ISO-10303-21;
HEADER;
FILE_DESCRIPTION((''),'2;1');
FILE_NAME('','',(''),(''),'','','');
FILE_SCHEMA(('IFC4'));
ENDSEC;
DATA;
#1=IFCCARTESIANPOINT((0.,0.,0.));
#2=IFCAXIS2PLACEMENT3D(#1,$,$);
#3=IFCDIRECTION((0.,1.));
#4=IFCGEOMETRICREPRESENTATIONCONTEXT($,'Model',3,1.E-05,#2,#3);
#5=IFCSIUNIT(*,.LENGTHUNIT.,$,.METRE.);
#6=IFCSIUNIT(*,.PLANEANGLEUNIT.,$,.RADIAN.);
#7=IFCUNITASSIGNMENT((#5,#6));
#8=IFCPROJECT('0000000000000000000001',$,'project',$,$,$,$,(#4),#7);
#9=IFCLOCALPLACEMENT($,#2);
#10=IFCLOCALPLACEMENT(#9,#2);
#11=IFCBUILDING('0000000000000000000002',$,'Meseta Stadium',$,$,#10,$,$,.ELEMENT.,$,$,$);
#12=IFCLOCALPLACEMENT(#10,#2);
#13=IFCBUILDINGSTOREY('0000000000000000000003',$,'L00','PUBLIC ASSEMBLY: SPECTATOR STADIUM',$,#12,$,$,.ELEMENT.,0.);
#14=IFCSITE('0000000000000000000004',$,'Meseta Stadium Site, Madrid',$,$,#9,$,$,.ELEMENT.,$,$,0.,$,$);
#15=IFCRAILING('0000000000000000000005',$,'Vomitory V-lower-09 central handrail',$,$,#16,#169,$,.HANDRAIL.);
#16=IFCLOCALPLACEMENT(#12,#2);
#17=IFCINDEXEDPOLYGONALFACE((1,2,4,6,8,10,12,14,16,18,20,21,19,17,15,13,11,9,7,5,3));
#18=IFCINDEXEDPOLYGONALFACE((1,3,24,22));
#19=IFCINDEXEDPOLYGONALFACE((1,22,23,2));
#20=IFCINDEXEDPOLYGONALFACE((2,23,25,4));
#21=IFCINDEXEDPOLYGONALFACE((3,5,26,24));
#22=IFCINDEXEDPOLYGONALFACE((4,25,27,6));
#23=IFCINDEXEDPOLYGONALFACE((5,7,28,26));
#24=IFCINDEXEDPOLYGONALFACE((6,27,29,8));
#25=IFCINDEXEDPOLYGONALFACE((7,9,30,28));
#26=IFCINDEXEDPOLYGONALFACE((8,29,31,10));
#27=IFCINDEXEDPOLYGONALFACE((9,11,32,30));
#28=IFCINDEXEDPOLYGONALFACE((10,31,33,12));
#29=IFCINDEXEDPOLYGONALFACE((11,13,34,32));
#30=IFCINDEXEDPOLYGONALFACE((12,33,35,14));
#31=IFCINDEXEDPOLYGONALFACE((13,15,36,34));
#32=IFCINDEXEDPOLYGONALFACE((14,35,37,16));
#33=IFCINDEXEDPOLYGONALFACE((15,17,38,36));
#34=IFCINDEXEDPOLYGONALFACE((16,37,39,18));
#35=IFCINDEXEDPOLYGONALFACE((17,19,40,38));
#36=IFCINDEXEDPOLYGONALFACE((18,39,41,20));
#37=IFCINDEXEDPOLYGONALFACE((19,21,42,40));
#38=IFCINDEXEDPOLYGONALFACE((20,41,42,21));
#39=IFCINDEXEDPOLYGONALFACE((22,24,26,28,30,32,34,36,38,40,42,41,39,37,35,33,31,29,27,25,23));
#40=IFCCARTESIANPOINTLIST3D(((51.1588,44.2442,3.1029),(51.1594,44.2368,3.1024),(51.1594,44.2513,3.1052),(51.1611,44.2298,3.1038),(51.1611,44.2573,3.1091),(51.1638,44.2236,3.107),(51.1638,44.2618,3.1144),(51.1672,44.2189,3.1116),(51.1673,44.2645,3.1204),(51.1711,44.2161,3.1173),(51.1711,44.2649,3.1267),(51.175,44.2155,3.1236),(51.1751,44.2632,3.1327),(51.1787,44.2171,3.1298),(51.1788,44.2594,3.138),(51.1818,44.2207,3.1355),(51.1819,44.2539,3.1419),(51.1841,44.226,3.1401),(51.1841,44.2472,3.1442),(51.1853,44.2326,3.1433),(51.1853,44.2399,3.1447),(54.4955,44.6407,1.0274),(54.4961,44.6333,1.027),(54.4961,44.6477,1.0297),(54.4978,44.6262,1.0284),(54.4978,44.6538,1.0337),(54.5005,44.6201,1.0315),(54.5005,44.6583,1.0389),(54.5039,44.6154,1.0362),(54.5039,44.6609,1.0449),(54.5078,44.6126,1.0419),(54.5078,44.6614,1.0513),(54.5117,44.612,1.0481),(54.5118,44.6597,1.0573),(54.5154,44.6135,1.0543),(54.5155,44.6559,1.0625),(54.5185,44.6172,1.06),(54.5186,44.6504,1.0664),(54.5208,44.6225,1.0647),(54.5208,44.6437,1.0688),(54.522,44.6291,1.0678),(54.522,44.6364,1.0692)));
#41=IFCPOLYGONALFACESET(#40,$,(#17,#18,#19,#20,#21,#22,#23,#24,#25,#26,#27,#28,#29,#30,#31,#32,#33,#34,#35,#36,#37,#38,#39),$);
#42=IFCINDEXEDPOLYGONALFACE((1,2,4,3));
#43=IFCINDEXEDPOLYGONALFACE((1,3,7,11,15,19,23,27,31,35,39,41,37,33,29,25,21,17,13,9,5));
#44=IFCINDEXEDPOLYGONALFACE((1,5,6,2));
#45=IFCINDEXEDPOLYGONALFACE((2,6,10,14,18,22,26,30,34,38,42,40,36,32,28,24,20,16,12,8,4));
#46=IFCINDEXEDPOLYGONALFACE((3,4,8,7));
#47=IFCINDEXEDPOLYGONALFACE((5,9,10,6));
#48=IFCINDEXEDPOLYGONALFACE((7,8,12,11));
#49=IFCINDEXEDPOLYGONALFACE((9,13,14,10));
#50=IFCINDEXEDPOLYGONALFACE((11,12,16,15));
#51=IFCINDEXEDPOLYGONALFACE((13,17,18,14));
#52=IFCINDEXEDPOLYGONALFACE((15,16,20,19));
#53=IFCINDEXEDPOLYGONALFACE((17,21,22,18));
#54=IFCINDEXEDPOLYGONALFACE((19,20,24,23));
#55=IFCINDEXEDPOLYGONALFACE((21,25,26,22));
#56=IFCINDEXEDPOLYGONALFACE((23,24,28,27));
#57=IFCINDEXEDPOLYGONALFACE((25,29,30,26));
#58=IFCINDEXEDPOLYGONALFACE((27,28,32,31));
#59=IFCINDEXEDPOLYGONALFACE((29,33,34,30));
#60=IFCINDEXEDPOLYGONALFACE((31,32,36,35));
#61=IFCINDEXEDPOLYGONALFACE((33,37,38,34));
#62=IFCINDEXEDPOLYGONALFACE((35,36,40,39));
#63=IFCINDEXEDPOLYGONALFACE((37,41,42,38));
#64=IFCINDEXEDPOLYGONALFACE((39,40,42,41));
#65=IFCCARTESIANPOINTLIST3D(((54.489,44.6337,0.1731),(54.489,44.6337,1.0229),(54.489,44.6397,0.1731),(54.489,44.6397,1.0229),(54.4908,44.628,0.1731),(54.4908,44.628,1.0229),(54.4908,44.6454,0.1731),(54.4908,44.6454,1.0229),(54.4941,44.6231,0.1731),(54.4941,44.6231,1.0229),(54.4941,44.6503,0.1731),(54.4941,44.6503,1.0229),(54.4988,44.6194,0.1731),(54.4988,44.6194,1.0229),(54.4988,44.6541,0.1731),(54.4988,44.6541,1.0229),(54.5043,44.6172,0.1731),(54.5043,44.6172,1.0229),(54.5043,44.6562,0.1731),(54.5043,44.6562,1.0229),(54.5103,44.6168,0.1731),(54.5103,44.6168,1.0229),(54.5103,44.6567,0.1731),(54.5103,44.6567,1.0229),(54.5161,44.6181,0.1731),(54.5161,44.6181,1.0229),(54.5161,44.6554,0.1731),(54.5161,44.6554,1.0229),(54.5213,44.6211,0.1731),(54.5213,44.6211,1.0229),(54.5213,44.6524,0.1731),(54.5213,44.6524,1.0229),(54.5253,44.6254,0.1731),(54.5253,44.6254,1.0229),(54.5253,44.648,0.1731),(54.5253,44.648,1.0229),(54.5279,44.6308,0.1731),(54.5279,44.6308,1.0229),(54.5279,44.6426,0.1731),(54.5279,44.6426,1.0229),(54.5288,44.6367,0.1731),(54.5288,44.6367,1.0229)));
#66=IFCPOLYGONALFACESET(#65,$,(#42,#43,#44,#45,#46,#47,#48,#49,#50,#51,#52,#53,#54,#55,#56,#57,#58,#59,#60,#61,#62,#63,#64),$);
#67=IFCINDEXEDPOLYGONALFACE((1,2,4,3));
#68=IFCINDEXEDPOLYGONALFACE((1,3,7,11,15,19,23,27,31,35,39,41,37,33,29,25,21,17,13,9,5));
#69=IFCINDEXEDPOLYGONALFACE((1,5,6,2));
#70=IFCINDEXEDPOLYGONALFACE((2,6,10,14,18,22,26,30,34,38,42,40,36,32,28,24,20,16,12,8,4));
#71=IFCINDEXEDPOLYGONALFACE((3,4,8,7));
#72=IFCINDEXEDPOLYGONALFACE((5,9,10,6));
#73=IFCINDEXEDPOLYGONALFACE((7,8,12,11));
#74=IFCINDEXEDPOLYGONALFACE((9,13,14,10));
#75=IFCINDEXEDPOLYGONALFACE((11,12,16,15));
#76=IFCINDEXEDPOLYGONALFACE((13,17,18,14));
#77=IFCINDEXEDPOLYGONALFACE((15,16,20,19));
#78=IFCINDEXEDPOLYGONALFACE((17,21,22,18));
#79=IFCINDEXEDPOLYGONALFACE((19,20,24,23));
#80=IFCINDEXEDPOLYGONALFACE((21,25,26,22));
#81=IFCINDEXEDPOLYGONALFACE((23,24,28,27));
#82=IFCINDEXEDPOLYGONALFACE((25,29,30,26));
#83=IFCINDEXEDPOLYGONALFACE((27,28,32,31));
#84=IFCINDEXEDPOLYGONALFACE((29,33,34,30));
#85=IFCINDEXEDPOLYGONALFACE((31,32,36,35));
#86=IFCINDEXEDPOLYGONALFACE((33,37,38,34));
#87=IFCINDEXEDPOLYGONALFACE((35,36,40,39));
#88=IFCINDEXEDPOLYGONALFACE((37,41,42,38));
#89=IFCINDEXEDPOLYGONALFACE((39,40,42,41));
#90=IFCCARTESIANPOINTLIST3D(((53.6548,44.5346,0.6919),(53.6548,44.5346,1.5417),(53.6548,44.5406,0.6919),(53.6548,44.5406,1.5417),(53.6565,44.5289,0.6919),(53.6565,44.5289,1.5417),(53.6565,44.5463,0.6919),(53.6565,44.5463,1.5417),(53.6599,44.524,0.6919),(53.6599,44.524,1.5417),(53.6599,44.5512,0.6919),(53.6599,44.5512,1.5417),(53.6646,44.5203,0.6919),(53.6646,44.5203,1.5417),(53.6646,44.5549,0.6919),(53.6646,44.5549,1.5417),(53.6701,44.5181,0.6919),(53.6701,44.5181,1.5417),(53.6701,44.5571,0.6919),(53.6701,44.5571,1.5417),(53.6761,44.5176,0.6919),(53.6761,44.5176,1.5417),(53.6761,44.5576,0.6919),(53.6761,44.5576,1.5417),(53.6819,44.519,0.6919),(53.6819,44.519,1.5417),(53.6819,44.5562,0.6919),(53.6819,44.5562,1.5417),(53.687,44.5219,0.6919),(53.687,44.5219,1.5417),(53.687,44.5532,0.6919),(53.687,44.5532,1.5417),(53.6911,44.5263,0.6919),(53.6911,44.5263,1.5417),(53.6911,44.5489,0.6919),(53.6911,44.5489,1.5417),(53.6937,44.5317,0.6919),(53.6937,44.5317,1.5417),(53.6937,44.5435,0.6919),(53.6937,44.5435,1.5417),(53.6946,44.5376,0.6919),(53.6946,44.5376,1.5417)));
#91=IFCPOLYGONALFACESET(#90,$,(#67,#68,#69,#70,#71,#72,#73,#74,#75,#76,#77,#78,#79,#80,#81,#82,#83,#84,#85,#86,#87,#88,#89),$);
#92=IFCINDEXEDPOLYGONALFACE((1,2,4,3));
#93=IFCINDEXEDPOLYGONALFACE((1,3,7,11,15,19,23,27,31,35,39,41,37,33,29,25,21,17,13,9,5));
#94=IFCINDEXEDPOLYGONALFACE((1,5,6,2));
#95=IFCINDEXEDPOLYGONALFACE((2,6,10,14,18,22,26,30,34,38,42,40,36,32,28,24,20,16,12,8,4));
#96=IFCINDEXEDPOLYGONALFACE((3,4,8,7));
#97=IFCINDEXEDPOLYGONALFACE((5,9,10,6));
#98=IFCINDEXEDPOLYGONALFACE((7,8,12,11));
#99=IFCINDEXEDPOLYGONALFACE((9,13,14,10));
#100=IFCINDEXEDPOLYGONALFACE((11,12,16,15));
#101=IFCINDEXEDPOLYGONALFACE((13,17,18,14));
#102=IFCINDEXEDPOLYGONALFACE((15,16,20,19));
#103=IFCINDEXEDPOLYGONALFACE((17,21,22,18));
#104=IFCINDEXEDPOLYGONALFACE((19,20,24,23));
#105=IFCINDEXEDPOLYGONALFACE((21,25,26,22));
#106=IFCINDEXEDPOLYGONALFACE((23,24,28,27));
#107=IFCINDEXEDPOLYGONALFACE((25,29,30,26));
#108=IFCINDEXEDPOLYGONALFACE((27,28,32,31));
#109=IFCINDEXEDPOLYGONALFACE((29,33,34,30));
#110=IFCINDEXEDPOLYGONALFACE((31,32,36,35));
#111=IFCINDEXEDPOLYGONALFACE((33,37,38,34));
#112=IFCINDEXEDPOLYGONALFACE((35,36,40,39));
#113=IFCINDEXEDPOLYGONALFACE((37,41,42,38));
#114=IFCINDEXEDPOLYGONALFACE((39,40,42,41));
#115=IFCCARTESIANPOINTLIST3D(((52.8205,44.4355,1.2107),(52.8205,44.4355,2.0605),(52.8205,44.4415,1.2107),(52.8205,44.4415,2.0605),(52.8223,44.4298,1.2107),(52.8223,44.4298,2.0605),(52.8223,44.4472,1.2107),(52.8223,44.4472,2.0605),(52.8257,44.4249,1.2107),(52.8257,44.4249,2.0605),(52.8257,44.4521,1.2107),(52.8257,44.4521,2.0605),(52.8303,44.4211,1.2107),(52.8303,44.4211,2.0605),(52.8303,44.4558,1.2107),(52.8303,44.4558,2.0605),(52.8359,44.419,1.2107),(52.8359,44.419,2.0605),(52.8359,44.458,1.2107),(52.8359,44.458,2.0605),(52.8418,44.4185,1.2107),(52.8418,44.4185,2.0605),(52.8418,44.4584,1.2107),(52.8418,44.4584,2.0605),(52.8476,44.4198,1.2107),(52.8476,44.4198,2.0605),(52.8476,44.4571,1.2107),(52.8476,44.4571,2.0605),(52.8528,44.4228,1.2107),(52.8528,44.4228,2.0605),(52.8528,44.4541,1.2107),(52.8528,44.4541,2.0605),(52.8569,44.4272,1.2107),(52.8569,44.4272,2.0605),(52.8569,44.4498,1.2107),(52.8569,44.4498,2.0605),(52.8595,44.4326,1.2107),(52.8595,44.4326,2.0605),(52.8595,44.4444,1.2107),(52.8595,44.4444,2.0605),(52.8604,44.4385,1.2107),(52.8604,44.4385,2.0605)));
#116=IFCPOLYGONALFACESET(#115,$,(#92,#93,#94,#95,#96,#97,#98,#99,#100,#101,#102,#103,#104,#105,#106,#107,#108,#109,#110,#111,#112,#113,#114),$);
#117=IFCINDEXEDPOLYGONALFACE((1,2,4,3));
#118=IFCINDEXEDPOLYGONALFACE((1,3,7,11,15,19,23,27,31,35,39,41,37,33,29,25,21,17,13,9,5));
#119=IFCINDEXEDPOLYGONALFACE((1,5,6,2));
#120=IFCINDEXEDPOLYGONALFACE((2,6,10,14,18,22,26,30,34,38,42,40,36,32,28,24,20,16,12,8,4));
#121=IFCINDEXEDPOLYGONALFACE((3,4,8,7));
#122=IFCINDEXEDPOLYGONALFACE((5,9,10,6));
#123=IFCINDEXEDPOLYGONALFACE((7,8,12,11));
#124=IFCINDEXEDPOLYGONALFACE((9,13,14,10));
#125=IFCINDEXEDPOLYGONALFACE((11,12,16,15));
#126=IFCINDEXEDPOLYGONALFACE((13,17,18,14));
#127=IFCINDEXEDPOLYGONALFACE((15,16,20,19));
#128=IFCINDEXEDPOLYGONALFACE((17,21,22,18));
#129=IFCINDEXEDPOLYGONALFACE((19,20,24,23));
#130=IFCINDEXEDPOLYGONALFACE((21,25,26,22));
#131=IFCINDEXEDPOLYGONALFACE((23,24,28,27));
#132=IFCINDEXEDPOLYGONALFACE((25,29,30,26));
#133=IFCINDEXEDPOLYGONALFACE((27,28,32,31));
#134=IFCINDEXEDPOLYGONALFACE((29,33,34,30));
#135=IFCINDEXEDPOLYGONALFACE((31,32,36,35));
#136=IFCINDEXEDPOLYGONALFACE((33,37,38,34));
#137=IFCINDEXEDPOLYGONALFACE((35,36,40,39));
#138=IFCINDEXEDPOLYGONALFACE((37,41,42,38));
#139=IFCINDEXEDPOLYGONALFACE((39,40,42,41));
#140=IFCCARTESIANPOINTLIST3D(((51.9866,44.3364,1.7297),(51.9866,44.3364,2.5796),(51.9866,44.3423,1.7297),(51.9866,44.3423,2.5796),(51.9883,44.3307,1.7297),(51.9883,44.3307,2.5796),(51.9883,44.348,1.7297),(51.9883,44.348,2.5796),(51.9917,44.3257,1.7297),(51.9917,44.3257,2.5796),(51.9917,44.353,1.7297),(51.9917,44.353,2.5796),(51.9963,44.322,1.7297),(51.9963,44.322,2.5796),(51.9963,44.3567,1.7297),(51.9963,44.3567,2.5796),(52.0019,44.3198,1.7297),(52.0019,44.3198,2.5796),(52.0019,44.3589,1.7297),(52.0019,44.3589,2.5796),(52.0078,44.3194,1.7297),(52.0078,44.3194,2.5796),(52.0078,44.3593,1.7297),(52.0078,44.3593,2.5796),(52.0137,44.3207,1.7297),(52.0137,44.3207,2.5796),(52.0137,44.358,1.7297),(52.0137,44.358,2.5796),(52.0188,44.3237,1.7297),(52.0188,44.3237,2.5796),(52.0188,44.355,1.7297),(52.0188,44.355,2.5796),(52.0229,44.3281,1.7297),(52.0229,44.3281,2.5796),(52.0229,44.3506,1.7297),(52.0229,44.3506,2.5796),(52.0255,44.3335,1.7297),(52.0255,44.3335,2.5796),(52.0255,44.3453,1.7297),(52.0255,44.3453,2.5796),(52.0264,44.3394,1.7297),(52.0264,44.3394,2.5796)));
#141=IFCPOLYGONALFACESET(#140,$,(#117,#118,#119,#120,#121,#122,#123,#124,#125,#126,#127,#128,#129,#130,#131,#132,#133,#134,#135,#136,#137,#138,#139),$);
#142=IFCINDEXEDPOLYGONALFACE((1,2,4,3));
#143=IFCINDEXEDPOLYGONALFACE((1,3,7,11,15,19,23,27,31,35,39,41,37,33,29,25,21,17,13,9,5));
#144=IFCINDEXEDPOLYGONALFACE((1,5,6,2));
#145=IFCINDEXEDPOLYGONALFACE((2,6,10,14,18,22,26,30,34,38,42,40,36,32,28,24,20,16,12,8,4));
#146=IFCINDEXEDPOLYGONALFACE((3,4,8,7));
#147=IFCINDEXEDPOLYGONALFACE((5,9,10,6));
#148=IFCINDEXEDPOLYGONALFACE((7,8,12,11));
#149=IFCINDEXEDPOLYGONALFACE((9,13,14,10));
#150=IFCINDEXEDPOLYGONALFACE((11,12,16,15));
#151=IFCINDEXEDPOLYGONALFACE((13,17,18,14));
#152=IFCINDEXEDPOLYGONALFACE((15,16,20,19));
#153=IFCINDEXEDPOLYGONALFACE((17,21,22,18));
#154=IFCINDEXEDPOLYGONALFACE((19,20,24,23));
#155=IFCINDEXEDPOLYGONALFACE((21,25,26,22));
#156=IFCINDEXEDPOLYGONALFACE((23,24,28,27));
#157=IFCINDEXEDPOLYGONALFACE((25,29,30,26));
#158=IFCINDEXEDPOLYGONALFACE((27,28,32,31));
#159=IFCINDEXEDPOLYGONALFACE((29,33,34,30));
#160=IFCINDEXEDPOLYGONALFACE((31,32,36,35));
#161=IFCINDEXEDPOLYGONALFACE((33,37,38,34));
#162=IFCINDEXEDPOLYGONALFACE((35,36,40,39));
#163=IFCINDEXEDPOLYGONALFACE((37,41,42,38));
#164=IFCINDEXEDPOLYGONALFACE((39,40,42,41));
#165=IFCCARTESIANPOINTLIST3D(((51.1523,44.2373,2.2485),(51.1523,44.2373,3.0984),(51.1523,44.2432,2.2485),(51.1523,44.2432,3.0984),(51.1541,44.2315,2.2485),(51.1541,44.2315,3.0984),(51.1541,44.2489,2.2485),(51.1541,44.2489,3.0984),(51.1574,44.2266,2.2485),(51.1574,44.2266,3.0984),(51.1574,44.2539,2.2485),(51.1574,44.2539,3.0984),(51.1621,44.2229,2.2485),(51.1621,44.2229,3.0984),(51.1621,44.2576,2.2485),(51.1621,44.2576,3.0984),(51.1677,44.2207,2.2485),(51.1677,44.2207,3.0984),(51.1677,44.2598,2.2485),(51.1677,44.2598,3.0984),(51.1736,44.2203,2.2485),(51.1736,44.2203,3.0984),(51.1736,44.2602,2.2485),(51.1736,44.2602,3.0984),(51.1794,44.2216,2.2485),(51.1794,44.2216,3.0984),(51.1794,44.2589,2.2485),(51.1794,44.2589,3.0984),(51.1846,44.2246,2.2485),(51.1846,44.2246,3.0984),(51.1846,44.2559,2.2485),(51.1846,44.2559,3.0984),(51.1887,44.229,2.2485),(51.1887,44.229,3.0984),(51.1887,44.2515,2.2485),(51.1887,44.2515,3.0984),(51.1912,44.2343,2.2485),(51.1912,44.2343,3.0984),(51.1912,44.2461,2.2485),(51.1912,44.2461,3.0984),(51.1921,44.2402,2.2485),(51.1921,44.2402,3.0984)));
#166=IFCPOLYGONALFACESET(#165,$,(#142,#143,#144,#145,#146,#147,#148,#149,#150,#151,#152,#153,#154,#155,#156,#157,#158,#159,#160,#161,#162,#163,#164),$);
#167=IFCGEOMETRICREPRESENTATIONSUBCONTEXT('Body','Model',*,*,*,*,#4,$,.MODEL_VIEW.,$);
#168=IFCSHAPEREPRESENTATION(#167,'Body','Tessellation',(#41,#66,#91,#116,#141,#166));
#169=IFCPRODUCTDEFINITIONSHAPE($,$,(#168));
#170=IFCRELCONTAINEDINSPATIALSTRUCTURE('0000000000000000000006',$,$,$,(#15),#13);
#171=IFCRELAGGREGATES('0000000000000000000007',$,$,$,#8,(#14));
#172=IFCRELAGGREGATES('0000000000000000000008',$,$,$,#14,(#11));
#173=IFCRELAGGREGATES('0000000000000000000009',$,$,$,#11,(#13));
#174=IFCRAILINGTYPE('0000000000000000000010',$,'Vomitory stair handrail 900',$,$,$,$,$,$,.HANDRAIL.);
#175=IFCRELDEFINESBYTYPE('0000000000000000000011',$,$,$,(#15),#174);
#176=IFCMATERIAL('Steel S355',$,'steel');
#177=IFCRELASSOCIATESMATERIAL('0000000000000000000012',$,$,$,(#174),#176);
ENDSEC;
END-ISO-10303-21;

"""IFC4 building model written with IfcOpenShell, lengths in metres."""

from ifc_helpers import new_model, si_unit, direction, frame, origin, origin_2d, place, context, subcontext, project, spatial, circle, extrude, material, type_object, element, save


model = new_model("IFC4")

# Units and contexts
model_context = context("Model", 3, precision=1e-05, world=origin(), true_north=direction((0.0, 1.0)))
body_context = subcontext(model_context, "Body", "Model", "MODEL_VIEW")
ifc_project = project(units=[si_unit("LENGTHUNIT", "METRE"), si_unit("PLANEANGLEUNIT", "RADIAN")], contexts=[model_context])

# Site, building, storey
site_placement = place(None, origin())
site = spatial("IfcSite", under=ifc_project, at=site_placement, Name="Meseta Stadium Site, Madrid", CompositionType="ELEMENT", RefElevation=0.0)
building_placement = place(site_placement, origin())
building = spatial("IfcBuilding", under=site, at=building_placement, Name="Meseta Stadium", CompositionType="ELEMENT")
storey_placement = place(building_placement, origin())
storey = spatial("IfcBuildingStorey", under=building, at=storey_placement, Name="L00", Description="PUBLIC ASSEMBLY: SPECTATOR STADIUM", CompositionType="ELEMENT", Elevation=0.0)

# Railing
ifc_material_1 = material(Name="Steel S355", Category="steel")
railing_type_1 = type_object("IfcRailingType", Name="Vomitory stair handrail 900", PredefinedType="HANDRAIL", material=ifc_material_1)
railing_1_placement = place(storey_placement, frame((54.5088, 44.6367, 0.1731)))
element("IfcRailing", 1, at=railing_1_placement, inside=storey, type_object=railing_type_1, Name="Vomitory V-lower-09 central handrail", PredefinedType="HANDRAIL", context=body_context, shape_type="SweptSolid", body=[
    extrude(circle(Radius=0.0249, at=origin_2d()), frame((0.0, 0.0, 0.875), z_axis=(-0.844848, -0.10039, 0.525503), x_axis=(0.117996, -0.993014, 0.0)), (0.0, 0.0, 1.0), 3.9495),
    extrude(circle(Radius=0.02, at=origin_2d()), origin(), (0.0, 0.0, 1.0), 0.8499),
    extrude(circle(Radius=0.02, at=origin_2d()), frame((-0.8342, -0.0991, 0.5188)), (0.0, 0.0, 1.0), 0.8499),
    extrude(circle(Radius=0.02, at=origin_2d()), frame((-1.6685, -0.1982, 1.0376)), (0.0, 0.0, 1.0), 0.8499),
    extrude(circle(Radius=0.02, at=origin_2d()), frame((-2.5024, -0.2974, 1.5566)), (0.0, 0.0, 1.0), 0.8499),
    extrude(circle(Radius=0.02, at=origin_2d()), frame((-3.3367, -0.3965, 2.0754)), (0.0, 0.0, 1.0), 0.8499),
])

save(model, "model.ifc")
